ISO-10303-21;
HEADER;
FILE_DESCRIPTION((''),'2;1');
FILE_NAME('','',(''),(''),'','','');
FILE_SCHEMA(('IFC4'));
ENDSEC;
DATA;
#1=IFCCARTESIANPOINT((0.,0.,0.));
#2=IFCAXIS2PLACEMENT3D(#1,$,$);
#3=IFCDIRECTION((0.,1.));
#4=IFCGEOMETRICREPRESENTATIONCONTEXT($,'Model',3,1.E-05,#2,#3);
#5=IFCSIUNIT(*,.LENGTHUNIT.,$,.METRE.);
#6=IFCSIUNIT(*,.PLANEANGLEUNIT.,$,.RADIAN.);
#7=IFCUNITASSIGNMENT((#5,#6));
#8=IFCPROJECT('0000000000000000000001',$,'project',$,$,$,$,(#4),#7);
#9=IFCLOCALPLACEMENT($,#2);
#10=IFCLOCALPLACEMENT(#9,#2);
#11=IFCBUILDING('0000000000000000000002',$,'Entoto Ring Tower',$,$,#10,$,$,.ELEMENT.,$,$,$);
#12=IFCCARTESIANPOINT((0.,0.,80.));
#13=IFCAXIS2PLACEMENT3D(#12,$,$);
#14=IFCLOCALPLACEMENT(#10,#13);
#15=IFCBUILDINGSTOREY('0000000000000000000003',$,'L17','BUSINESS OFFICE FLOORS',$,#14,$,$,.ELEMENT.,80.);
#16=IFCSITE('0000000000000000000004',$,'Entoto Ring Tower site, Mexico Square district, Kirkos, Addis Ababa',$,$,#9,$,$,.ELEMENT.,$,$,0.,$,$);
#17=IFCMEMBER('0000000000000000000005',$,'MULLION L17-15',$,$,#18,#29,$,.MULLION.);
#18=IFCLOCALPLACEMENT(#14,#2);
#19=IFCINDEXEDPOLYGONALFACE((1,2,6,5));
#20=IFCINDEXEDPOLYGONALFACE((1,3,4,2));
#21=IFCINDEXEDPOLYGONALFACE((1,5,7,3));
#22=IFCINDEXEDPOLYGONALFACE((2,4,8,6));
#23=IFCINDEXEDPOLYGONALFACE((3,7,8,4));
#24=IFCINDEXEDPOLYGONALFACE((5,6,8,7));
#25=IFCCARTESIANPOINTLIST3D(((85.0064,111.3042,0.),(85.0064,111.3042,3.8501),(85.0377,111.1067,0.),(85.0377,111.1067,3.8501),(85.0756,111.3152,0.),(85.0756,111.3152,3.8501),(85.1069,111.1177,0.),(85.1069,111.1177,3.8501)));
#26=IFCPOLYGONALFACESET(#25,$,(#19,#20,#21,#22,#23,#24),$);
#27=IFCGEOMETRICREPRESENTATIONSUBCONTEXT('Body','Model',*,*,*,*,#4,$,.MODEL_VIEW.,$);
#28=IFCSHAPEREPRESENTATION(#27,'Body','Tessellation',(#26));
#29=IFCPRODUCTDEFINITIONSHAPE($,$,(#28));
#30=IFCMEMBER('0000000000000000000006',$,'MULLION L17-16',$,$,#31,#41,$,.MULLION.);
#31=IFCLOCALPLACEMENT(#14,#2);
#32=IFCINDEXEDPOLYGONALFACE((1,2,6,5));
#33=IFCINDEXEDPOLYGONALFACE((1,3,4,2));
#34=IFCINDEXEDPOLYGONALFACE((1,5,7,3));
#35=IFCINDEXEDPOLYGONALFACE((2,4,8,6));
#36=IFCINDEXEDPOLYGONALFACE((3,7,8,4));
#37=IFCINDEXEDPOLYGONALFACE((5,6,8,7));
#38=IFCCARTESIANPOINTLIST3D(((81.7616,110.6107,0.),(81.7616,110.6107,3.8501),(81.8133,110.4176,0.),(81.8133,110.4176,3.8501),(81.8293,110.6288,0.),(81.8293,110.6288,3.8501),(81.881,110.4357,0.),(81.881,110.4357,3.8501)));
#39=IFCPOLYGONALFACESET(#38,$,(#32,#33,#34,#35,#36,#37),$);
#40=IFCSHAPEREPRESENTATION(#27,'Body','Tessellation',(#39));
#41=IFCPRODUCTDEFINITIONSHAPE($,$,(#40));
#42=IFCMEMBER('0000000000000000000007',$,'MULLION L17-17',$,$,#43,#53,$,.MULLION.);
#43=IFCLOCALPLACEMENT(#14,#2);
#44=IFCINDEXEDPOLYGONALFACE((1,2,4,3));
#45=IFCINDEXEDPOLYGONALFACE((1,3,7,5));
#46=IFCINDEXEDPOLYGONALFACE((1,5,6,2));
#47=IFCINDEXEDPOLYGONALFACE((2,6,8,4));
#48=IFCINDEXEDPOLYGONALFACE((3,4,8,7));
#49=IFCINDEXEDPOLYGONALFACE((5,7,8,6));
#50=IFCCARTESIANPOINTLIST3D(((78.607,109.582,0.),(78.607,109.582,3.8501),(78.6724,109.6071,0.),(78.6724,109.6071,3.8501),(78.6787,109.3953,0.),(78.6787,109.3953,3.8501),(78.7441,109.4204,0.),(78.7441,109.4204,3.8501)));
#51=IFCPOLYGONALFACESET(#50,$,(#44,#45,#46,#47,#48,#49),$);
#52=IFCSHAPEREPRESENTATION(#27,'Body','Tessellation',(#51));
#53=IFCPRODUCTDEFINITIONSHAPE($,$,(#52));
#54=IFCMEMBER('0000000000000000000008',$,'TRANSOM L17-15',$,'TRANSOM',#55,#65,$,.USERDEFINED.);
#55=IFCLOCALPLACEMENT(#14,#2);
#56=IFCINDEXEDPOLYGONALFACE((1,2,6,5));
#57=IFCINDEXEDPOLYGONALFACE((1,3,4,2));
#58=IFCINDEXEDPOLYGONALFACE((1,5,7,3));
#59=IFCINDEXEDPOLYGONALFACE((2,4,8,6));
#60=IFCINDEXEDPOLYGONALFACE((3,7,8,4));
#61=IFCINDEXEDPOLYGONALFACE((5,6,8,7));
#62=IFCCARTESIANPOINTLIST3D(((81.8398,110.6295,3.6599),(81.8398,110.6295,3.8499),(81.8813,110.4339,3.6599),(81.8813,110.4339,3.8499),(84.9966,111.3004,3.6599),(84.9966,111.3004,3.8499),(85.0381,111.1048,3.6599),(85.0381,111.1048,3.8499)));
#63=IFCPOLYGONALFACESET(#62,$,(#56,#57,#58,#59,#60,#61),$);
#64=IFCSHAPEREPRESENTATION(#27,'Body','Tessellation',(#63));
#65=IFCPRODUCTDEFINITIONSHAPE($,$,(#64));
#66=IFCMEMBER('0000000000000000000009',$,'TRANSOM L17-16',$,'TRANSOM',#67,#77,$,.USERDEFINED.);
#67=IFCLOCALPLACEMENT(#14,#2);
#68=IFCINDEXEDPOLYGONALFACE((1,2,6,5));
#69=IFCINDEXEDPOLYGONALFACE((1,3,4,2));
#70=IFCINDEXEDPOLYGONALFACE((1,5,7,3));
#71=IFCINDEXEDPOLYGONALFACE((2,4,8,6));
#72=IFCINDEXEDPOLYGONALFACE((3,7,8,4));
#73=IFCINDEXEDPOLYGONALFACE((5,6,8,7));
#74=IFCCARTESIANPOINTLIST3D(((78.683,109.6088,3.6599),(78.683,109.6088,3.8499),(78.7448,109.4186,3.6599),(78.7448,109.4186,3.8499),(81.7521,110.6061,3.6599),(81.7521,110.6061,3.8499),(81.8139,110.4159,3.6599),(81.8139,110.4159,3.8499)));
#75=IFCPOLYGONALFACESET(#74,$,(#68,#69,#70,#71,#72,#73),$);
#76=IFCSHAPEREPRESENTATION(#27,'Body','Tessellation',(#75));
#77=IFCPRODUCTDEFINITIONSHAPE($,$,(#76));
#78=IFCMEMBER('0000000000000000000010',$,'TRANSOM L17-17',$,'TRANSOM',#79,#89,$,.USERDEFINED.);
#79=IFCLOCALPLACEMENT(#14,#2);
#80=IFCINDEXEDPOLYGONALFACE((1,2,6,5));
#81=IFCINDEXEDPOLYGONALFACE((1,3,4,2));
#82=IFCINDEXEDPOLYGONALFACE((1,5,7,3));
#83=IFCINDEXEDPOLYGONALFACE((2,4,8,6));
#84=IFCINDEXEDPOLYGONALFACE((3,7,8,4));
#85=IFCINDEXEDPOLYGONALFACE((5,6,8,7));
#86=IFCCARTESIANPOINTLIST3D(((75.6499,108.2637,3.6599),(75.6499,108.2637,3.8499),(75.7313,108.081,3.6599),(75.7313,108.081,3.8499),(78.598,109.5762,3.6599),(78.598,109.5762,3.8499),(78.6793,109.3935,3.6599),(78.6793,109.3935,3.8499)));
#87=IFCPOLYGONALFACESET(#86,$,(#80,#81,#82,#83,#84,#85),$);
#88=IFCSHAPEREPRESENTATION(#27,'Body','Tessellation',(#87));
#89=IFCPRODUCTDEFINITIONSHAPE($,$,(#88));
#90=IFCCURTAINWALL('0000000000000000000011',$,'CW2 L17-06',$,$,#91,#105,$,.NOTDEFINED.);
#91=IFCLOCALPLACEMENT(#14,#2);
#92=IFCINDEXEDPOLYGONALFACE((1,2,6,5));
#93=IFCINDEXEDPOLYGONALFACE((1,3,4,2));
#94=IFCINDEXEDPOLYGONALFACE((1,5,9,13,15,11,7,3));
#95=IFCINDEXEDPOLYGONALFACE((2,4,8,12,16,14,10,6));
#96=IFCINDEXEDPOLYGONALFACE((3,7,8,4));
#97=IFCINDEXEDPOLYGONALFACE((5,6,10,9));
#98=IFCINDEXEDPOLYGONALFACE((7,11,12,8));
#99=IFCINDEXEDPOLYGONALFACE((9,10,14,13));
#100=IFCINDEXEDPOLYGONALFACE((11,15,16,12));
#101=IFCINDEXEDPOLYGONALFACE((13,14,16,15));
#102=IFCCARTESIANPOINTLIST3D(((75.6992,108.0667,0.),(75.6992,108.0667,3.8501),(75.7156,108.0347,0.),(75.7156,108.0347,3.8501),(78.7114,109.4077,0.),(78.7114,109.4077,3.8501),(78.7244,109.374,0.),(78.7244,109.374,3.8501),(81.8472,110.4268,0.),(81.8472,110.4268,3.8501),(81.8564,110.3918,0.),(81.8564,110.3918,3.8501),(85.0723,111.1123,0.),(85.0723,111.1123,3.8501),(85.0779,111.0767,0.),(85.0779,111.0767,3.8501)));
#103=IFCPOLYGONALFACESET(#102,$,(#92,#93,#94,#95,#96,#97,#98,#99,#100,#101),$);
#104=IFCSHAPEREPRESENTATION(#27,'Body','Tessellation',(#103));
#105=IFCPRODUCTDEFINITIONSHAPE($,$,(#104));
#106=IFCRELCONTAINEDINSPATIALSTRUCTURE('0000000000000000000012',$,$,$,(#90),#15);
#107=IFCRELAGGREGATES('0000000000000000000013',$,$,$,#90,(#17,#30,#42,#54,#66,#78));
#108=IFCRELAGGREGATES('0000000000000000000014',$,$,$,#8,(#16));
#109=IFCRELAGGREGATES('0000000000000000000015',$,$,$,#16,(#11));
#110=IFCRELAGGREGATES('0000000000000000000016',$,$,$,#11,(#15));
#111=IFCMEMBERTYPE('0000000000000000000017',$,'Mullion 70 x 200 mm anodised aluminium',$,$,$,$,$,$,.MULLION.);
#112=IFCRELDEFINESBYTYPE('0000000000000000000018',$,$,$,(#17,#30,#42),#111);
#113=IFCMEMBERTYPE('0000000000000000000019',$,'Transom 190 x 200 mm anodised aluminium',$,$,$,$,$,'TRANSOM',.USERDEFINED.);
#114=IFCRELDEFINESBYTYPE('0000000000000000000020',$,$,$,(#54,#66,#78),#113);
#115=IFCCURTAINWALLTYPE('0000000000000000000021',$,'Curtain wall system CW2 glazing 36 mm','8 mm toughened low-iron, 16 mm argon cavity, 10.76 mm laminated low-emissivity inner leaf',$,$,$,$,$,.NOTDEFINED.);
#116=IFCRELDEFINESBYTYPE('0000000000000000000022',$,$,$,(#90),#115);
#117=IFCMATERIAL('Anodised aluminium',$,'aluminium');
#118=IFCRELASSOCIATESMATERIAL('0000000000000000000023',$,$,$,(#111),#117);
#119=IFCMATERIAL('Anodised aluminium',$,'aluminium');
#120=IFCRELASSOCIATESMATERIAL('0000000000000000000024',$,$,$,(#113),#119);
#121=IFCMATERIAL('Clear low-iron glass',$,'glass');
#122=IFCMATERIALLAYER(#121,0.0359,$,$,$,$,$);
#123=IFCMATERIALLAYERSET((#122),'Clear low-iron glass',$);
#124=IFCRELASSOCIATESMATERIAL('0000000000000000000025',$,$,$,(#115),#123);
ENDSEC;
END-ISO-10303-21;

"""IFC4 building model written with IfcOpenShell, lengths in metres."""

from ifc_helpers import new_model, si_unit, direction, frame, origin, origin_2d, place, context, subcontext, project, spatial, polyline, rectangle, outline, extrude, material, layer, layer_set, material_profile, profile_set, type_object, element, aggregate, save


model = new_model("IFC4")

# Units and contexts
model_context = context("Model", 3, precision=1e-05, world=origin(), true_north=direction((0.0, 1.0)))
body_context = subcontext(model_context, "Body", "Model", "MODEL_VIEW")
ifc_project = project(units=[si_unit("LENGTHUNIT", "METRE"), si_unit("PLANEANGLEUNIT", "RADIAN")], contexts=[model_context])

# Members
ifc_material_1 = material(Name="Anodised aluminium", Category="aluminium")
ifc_material_profile_1 = material_profile(ifc_material_1, rectangle(XDim=0.0701, YDim=0.2, at=origin_2d()), Name="Mullion 70 x 200 mm anodised aluminium")
ifc_profile_set_1 = profile_set([ifc_material_profile_1], Name="Anodised aluminium")
member_type_1 = type_object("IfcMemberType", Name="Mullion 70 x 200 mm anodised aluminium", PredefinedType="MULLION", material=ifc_profile_set_1)
site_placement = place(None, origin())
building_placement = place(site_placement, origin())
storey_placement = place(building_placement, frame((0.0, 0.0, 80.0)))
member_1_placement = place(storey_placement, frame((85.0566, 111.2109, 0.0), z_axis=(0.0, 0.0, 1.0), x_axis=(-0.987688, -0.156434, 0.0)))
member_1 = element("IfcMember", 1, at=member_1_placement, type_object=member_type_1, Name="MULLION L17-15", PredefinedType="MULLION", context=body_context, shape_type="SweptSolid", body=[
    extrude(rectangle(XDim=0.0701, YDim=0.2, at=origin_2d()), origin(), (0.0, 0.0, 1.0), 3.8501),
])
member_2_placement = place(storey_placement, frame((81.8213, 110.5232, 0.0), z_axis=(0.0, 0.0, 1.0), x_axis=(-0.965926, -0.258819, 0.0)))
member_2 = element("IfcMember", 2, at=member_2_placement, type_object=member_type_1, Name="MULLION L17-16", PredefinedType="MULLION", context=body_context, shape_type="SweptSolid", body=[
    extrude(rectangle(XDim=0.0701, YDim=0.2, at=origin_2d()), origin(), (0.0, 0.0, 1.0), 3.8501),
])
member_3_placement = place(storey_placement, frame((78.6755, 109.5012, 0.0), z_axis=(0.0, 0.0, 1.0), x_axis=(-0.93358, -0.358368, 0.0)))
member_3 = element("IfcMember", 3, at=member_3_placement, type_object=member_type_1, Name="MULLION L17-17", PredefinedType="MULLION", context=body_context, shape_type="SweptSolid", body=[
    extrude(rectangle(XDim=0.0701, YDim=0.2, at=origin_2d()), origin(), (0.0, 0.0, 1.0), 3.8501),
])
ifc_material_2 = material(Name="Anodised aluminium", Category="aluminium")
ifc_material_profile_2 = material_profile(ifc_material_2, rectangle(XDim=0.2, YDim=0.1899, at=origin_2d()), Name="Transom 190 x 200 mm anodised aluminium")
ifc_profile_set_2 = profile_set([ifc_material_profile_2], Name="Anodised aluminium")
member_type_2 = type_object("IfcMemberType", Name="Transom 190 x 200 mm anodised aluminium", ElementType="TRANSOM", PredefinedType="USERDEFINED", material=ifc_profile_set_2)
member_4_placement = place(storey_placement, frame((85.0173, 111.2026, 3.7549), z_axis=(-0.978153, -0.207886, 0.0), x_axis=(0.207886, -0.978153, 0.0)))
member_4 = element("IfcMember", 4, at=member_4_placement, type_object=member_type_2, Name="TRANSOM L17-15", ObjectType="TRANSOM", PredefinedType="USERDEFINED", context=body_context, shape_type="SweptSolid", body=[
    extrude(rectangle(XDim=0.2, YDim=0.1899, at=origin_2d()), origin(), (0.0, 0.0, 1.0), 3.2273),
])
member_5_placement = place(storey_placement, frame((81.783, 110.511, 3.7549), z_axis=(-0.951047, -0.309047, 0.0), x_axis=(0.309047, -0.951047, 0.0)))
member_5 = element("IfcMember", 5, at=member_5_placement, type_object=member_type_2, Name="TRANSOM L17-16", ObjectType="TRANSOM", PredefinedType="USERDEFINED", context=body_context, shape_type="SweptSolid", body=[
    extrude(rectangle(XDim=0.2, YDim=0.1899, at=origin_2d()), origin(), (0.0, 0.0, 1.0), 3.2271),
])
member_6_placement = place(storey_placement, frame((78.6387, 109.4849, 3.7549), z_axis=(-0.913549, -0.406728, 0.0), x_axis=(0.406728, -0.913549, 0.0)))
member_6 = element("IfcMember", 6, at=member_6_placement, type_object=member_type_2, Name="TRANSOM L17-17", ObjectType="TRANSOM", PredefinedType="USERDEFINED", context=body_context, shape_type="SweptSolid", body=[
    extrude(rectangle(XDim=0.2, YDim=0.1899, at=origin_2d()), origin(), (0.0, 0.0, 1.0), 3.2271),
])

# Site, building, storey
site = spatial("IfcSite", under=ifc_project, at=site_placement, Name="Entoto Ring Tower site, Mexico Square district, Kirkos, Addis Ababa", CompositionType="ELEMENT", RefElevation=0.0)
building = spatial("IfcBuilding", under=site, at=building_placement, Name="Entoto Ring Tower", CompositionType="ELEMENT")
storey = spatial("IfcBuildingStorey", under=building, at=storey_placement, Name="L17", Description="BUSINESS OFFICE FLOORS", CompositionType="ELEMENT", Elevation=80.0)

# Curtain wall
ifc_material_3 = material(Name="Clear low-iron glass", Category="glass")
ifc_layer = layer(ifc_material_3, 0.0359)
ifc_layer_set = layer_set([ifc_layer], Name="Clear low-iron glass")
curtain_wall_type = type_object("IfcCurtainWallType", Name="Curtain wall system CW2 glazing 36 mm", Description="8 mm toughened low-iron, 16 mm argon cavity, 10.76 mm laminated low-emissivity inner leaf", PredefinedType="NOTDEFINED", material=ifc_layer_set)
curtain_wall_1_placement = place(storey_placement, origin())
curtain_wall_1 = element("IfcCurtainWall", 7, at=curtain_wall_1_placement, inside=storey, type_object=curtain_wall_type, Name="CW2 L17-06", PredefinedType="NOTDEFINED", context=body_context, shape_type="SweptSolid", body=[
    extrude(outline(polyline([(85.0723, 111.1123), (81.8472, 110.4268), (78.7114, 109.4077), (75.6992, 108.0667), (75.7156, 108.0347), (78.7244, 109.374), (81.8564, 110.3918), (85.0779, 111.0767), (85.0723, 111.1123)])), origin(), (0.0, 0.0, 1.0), 3.8501),
])
aggregate(curtain_wall_1, [member_1, member_2, member_3, member_4, member_5, member_6])

save(model, "model.ifc")
